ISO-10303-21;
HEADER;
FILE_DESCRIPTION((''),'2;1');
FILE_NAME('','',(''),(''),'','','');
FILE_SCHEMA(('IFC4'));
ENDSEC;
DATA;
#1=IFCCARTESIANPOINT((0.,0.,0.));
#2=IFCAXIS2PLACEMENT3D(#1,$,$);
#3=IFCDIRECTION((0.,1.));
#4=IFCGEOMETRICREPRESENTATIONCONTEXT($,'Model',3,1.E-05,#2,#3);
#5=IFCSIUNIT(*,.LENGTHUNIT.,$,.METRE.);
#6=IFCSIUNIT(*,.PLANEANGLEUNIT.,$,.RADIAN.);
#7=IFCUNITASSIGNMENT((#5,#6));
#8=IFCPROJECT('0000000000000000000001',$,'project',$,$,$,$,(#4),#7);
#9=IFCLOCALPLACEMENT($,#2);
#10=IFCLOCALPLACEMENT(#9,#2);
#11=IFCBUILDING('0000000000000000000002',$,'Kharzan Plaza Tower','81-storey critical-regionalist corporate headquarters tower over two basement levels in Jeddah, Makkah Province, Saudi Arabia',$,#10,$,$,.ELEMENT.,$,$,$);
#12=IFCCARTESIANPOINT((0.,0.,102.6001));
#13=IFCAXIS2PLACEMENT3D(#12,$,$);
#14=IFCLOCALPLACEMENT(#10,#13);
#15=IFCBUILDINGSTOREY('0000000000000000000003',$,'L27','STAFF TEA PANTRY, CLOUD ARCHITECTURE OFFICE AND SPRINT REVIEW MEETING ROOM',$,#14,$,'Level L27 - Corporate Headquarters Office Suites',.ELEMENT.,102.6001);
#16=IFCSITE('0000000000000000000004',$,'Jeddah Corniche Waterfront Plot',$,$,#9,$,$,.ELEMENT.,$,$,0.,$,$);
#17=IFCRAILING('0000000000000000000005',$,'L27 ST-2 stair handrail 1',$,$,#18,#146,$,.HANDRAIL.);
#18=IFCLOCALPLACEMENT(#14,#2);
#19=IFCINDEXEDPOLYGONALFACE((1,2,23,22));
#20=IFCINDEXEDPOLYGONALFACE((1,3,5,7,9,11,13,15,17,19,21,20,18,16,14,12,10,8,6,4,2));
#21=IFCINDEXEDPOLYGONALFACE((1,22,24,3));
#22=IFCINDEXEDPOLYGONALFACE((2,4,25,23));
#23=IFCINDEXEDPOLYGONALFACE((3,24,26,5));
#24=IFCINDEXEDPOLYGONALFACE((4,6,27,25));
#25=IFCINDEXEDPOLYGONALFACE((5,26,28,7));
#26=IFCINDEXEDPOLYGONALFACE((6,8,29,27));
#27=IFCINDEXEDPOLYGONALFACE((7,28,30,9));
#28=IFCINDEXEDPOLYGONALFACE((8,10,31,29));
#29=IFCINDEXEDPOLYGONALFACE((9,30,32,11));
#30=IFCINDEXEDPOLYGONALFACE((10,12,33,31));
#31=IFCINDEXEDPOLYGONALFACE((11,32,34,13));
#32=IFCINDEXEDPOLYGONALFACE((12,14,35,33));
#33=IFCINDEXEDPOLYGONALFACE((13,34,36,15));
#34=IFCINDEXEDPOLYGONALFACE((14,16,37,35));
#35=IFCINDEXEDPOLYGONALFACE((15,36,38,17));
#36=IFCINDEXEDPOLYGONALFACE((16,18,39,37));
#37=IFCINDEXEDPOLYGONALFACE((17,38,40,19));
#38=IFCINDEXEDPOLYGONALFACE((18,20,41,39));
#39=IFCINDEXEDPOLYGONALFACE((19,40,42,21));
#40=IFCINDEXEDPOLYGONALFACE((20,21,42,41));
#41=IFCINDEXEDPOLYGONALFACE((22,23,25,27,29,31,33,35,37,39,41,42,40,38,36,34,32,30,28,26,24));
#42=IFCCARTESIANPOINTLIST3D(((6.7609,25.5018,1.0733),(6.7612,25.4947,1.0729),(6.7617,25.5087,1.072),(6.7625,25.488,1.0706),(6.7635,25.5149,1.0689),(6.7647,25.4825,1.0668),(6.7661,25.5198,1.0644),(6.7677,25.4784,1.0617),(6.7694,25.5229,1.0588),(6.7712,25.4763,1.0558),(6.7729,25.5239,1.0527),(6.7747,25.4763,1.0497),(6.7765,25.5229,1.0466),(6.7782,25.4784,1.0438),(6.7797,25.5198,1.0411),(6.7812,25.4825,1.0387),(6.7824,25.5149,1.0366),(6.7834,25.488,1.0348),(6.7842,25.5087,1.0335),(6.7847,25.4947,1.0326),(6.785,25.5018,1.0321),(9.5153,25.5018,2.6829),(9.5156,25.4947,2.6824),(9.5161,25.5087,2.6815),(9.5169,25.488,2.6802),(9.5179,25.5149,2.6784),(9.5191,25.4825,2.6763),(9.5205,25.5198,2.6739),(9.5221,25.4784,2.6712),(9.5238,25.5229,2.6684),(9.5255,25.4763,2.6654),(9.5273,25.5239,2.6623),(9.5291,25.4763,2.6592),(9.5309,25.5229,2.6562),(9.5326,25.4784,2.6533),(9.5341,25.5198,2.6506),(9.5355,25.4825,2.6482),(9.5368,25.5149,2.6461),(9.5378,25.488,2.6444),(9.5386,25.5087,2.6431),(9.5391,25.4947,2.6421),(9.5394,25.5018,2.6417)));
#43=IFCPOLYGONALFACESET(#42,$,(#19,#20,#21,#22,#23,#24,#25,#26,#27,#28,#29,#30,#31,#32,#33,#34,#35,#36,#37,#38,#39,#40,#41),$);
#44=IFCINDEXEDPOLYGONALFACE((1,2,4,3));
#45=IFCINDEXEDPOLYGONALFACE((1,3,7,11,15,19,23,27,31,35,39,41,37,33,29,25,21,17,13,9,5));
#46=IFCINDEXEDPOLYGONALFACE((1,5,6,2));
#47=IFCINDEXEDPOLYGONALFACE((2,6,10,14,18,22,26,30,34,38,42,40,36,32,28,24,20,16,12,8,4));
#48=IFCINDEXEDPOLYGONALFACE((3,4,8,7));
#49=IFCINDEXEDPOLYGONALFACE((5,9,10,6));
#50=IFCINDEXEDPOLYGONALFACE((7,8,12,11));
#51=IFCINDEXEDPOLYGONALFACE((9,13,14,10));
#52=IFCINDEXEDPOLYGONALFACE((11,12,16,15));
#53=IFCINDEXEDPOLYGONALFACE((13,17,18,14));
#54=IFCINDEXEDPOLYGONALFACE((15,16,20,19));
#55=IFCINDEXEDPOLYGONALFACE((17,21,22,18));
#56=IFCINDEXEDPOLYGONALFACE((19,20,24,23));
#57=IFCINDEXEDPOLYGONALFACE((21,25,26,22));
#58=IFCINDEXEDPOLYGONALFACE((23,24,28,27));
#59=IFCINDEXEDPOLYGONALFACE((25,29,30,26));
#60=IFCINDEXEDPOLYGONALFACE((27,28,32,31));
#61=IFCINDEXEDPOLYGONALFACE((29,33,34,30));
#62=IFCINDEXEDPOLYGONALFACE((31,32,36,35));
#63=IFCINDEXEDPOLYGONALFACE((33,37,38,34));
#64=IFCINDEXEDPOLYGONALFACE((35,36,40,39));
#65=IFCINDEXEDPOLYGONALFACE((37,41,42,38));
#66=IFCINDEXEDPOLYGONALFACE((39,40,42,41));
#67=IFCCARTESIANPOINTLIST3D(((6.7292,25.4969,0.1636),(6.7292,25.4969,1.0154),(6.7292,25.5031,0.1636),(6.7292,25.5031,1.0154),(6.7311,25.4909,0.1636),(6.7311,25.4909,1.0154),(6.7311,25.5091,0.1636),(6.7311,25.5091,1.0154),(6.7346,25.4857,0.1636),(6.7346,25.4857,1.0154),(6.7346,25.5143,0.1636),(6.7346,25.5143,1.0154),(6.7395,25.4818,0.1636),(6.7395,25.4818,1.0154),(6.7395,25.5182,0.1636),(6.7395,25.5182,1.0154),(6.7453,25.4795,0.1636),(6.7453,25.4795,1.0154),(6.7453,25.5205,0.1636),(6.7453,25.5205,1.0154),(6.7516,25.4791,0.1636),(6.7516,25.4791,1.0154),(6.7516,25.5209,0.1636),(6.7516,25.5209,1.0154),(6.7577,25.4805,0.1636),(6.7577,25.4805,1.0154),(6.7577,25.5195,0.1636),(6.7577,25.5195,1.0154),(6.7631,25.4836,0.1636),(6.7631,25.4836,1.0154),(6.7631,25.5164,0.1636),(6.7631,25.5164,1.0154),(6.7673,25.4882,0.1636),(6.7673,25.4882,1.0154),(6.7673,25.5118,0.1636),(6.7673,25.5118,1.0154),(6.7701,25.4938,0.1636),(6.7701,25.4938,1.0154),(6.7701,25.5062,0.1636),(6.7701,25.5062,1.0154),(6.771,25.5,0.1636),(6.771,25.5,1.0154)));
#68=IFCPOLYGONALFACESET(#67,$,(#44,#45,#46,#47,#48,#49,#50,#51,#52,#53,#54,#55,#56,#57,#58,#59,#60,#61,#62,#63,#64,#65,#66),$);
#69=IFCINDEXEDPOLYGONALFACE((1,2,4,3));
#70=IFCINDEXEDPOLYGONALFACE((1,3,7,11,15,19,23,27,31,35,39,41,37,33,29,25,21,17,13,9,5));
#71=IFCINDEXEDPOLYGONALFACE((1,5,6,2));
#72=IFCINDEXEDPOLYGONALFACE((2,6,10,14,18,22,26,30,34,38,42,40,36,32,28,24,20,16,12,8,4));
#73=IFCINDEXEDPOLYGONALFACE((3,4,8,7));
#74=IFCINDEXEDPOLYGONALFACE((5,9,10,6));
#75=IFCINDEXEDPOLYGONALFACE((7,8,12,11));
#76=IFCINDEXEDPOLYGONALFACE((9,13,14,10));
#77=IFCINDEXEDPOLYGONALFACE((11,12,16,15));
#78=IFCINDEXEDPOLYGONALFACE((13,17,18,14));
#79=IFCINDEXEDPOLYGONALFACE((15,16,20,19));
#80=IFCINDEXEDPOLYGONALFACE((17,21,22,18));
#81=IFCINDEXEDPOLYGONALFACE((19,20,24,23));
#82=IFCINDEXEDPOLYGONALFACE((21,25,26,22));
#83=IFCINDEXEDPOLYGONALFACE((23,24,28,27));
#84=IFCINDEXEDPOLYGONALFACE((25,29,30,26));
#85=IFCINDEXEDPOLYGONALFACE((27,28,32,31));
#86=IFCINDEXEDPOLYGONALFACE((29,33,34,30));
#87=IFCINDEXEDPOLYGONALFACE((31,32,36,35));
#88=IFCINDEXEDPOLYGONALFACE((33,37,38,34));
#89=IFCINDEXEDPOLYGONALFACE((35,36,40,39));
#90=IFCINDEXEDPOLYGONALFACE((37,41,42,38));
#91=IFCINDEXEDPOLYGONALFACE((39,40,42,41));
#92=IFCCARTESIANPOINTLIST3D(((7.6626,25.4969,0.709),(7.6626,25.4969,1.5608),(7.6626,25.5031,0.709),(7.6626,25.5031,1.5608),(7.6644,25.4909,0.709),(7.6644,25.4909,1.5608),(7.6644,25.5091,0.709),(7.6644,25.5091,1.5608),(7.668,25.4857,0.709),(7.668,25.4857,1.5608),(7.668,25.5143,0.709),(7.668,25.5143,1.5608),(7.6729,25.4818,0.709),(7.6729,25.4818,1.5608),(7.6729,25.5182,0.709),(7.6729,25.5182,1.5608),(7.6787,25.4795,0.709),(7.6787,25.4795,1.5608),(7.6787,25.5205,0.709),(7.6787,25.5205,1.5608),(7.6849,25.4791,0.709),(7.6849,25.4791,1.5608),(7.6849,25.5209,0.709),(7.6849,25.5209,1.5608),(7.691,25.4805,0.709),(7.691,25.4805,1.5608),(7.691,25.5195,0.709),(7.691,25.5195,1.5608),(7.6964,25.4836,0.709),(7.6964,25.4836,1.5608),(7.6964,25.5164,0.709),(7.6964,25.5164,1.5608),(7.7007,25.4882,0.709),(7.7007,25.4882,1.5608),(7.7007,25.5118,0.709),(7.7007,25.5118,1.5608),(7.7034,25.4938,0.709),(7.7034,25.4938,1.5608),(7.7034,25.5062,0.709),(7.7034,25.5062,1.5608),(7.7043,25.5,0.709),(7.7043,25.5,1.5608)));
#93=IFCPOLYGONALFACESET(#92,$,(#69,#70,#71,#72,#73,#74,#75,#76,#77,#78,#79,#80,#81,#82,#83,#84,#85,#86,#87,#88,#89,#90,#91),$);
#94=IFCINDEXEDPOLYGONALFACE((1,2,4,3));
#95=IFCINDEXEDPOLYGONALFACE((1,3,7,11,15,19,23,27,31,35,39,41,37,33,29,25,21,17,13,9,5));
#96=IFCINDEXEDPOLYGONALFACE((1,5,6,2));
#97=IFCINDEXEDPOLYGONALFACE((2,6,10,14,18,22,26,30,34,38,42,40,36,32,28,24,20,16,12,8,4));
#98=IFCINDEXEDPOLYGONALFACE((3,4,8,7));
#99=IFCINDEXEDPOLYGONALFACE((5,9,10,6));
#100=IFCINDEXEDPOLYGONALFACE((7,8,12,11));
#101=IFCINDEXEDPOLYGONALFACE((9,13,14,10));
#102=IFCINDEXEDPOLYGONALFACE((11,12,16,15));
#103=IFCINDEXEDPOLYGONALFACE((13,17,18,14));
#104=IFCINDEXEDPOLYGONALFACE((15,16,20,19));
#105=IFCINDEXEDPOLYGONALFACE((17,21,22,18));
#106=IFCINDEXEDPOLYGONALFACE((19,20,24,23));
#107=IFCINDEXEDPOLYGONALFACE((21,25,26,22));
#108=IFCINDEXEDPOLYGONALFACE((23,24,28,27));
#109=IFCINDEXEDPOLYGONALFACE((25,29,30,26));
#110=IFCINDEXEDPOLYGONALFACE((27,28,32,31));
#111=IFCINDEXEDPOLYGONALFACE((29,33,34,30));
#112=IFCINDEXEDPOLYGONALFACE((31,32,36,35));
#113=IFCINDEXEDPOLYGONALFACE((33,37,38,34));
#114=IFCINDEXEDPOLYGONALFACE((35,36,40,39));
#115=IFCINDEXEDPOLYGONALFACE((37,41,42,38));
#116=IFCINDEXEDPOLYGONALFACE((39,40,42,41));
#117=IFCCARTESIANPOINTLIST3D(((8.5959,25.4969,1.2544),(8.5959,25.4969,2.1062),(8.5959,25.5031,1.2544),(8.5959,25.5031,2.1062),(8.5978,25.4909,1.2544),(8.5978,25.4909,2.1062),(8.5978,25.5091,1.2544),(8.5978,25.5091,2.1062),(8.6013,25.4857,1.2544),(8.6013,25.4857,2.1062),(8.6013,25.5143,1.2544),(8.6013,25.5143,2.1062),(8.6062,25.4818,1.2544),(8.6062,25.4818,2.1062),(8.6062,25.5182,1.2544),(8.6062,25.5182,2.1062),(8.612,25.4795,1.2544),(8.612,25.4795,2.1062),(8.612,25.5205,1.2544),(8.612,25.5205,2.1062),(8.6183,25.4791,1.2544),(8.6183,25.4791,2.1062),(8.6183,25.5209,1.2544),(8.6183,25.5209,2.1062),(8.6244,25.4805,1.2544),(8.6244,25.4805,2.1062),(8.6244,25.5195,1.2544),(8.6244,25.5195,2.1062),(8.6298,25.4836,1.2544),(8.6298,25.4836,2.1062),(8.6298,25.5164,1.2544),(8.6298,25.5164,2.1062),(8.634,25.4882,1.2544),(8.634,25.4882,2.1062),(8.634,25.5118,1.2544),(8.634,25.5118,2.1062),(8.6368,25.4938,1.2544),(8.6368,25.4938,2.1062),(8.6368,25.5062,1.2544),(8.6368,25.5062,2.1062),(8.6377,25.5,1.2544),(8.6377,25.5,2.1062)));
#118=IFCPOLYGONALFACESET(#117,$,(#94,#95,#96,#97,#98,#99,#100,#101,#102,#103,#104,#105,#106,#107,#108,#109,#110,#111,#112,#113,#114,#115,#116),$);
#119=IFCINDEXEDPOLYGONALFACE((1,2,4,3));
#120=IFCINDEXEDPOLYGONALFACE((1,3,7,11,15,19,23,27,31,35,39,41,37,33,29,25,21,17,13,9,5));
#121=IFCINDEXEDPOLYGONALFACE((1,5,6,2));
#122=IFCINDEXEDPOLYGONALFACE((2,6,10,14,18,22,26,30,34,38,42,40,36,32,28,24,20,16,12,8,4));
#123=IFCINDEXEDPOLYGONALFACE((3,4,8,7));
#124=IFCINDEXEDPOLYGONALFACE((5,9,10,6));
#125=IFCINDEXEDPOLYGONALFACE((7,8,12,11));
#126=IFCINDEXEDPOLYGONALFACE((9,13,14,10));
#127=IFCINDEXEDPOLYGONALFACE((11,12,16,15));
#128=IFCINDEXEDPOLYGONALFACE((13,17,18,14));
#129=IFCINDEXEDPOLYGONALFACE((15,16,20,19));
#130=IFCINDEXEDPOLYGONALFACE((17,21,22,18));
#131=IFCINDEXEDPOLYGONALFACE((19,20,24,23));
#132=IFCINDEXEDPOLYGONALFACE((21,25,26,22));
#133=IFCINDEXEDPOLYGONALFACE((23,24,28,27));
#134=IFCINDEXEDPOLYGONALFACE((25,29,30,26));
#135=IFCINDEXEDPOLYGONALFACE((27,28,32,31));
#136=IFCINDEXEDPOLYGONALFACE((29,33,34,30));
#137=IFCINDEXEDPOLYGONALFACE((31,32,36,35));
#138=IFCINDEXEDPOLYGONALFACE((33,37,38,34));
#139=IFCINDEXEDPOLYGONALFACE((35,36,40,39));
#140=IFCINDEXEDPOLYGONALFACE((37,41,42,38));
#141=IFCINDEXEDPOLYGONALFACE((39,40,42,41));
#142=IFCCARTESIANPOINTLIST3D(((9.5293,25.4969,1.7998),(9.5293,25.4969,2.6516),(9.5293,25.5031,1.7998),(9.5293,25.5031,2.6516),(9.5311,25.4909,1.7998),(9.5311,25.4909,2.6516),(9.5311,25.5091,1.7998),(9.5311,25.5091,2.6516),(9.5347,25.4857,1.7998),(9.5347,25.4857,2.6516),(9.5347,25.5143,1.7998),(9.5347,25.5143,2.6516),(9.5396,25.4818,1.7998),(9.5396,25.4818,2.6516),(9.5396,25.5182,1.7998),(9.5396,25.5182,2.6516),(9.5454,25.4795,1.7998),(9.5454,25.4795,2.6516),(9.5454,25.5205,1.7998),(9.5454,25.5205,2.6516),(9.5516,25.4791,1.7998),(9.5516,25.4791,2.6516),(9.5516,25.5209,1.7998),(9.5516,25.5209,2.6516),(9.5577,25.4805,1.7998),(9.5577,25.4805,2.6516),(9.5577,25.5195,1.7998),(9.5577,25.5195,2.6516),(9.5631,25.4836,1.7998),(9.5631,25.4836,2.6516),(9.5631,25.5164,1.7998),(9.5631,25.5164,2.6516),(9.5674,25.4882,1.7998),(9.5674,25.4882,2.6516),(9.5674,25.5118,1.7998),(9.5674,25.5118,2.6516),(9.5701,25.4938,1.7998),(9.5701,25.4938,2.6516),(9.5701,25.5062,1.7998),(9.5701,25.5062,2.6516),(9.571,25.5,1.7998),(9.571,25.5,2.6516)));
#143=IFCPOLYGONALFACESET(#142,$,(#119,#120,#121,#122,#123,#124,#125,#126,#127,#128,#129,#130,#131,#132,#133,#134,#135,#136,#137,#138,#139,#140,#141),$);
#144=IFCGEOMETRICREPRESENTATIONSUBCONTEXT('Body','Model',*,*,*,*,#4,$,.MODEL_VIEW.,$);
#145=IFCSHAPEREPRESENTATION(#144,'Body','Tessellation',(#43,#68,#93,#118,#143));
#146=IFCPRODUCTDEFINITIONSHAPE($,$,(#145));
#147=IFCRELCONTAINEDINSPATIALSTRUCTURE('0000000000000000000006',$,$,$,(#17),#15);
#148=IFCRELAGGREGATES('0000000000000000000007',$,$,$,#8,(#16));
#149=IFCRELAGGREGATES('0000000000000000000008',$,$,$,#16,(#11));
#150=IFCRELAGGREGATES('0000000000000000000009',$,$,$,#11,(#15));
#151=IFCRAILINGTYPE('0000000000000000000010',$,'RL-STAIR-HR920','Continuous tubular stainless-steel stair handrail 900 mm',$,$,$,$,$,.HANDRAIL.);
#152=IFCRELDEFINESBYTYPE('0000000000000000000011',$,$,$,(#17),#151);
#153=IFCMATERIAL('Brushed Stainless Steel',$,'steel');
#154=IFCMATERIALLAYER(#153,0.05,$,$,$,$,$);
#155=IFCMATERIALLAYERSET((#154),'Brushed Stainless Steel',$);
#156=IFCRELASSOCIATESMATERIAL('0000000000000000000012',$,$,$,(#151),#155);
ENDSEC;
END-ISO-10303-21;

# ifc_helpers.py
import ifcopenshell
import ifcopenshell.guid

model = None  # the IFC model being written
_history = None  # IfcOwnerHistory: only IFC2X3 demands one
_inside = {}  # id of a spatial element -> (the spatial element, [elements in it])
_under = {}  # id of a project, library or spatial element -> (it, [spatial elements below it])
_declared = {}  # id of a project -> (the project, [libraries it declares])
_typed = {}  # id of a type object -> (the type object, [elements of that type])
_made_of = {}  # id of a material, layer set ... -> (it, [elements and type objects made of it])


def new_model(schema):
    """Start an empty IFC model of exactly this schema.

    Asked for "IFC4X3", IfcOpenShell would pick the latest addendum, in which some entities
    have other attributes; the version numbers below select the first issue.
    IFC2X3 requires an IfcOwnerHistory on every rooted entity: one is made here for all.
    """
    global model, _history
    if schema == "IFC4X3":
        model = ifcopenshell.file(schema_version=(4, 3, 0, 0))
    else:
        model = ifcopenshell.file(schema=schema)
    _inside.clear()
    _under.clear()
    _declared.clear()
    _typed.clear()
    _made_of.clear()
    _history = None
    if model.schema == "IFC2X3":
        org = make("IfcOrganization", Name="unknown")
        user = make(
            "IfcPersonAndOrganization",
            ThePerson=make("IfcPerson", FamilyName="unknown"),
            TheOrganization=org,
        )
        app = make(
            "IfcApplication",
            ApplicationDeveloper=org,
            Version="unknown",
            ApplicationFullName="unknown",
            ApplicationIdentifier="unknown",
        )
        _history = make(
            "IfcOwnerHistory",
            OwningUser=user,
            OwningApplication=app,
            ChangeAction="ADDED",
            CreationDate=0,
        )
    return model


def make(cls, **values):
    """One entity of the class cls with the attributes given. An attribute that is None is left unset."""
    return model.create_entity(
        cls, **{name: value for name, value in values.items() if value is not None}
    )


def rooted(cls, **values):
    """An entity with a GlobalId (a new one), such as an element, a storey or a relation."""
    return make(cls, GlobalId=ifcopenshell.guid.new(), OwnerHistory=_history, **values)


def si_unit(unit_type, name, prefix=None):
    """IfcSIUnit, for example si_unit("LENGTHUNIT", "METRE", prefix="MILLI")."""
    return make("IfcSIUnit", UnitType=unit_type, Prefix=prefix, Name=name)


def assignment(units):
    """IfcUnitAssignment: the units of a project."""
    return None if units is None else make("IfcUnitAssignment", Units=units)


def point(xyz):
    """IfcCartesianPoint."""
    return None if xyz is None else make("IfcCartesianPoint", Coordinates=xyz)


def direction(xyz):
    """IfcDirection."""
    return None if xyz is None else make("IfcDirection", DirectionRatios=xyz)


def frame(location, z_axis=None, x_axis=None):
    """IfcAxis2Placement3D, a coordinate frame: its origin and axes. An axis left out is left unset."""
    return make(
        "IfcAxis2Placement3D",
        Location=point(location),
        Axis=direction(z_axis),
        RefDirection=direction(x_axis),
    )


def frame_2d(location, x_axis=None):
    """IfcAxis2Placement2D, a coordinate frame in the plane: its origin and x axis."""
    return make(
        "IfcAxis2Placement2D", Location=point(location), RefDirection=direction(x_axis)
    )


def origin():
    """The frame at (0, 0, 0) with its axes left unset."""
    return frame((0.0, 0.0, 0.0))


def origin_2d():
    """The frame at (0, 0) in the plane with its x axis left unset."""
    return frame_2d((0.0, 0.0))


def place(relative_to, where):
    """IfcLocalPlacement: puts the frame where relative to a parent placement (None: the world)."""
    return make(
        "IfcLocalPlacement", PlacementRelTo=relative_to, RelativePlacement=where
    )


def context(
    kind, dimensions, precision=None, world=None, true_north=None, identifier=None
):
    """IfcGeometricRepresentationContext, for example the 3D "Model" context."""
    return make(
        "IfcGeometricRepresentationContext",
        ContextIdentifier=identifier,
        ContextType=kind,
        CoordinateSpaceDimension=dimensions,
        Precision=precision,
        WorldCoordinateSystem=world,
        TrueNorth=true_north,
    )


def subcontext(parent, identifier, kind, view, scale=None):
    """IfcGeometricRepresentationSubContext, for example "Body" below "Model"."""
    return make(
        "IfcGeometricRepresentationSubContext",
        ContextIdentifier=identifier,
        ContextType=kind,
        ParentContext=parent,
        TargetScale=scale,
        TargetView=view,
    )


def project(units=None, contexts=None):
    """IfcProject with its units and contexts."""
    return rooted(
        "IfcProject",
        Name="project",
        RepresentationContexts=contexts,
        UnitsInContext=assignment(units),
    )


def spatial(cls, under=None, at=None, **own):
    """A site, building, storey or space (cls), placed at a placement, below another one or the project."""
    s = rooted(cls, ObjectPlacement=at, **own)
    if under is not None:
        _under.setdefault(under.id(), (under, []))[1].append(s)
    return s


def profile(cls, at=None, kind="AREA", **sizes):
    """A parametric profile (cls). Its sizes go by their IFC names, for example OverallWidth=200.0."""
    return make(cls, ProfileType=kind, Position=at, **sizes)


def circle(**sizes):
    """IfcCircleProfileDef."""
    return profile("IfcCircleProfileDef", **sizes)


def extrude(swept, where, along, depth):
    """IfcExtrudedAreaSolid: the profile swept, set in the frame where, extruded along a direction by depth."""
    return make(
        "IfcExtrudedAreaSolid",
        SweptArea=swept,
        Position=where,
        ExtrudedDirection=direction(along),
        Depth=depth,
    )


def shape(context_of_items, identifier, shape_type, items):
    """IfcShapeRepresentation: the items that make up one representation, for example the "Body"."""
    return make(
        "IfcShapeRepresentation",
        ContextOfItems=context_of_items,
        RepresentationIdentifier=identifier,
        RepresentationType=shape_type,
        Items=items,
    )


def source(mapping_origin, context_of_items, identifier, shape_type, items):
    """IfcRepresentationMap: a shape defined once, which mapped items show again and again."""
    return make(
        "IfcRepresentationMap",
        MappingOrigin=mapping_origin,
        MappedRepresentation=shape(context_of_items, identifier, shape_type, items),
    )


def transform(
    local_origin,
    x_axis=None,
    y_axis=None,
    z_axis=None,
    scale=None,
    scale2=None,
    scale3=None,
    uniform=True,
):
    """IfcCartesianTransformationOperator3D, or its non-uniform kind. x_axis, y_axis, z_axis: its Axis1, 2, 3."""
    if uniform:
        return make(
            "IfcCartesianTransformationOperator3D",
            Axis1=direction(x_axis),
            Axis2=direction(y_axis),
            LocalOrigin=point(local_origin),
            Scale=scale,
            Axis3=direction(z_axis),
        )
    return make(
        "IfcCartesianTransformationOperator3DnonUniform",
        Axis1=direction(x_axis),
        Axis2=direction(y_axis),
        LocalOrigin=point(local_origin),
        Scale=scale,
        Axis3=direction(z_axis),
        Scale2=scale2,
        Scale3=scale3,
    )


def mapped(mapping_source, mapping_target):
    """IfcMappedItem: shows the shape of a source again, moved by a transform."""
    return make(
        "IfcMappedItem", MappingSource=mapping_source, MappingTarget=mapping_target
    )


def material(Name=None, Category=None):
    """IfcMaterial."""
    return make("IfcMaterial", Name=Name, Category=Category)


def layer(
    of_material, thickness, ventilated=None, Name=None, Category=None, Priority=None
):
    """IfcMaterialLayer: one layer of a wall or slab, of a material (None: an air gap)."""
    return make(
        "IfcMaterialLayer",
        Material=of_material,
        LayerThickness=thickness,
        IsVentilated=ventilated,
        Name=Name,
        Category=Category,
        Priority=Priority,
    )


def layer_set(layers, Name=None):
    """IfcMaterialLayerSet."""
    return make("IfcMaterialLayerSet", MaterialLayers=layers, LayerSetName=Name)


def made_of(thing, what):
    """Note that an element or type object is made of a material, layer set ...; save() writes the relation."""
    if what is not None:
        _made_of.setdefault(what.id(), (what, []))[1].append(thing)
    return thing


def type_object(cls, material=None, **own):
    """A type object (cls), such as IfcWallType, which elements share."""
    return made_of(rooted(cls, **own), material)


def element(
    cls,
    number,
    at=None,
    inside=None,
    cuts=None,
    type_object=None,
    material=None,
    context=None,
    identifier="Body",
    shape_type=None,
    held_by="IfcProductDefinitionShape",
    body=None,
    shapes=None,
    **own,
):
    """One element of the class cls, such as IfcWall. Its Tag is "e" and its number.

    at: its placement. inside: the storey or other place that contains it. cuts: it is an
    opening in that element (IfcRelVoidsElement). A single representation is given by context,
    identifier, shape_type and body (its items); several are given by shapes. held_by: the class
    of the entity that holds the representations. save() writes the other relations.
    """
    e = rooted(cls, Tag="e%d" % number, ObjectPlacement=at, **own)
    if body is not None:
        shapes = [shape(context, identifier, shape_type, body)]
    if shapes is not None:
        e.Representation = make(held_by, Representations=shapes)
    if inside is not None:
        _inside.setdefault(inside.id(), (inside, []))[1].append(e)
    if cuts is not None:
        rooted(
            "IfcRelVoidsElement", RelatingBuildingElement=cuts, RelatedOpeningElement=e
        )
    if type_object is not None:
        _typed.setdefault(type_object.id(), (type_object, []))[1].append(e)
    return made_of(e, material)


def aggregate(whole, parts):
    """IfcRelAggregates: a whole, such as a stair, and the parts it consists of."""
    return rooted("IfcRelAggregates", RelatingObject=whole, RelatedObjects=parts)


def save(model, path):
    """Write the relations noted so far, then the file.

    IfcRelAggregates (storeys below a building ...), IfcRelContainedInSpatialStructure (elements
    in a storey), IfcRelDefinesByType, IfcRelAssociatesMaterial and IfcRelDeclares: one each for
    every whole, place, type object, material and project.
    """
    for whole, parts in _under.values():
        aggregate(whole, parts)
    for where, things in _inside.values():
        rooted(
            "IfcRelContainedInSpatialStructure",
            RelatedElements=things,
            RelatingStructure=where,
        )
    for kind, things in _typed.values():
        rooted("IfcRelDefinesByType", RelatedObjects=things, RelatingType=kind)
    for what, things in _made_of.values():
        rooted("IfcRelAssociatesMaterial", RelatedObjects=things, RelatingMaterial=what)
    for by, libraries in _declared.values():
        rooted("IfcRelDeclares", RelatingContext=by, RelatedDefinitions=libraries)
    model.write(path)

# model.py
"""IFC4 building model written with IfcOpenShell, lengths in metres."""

from ifc_helpers import new_model, si_unit, direction, frame, origin, origin_2d, place, context, subcontext, project, spatial, circle, extrude, source, transform, mapped, material, layer, layer_set, type_object, element, save


model = new_model("IFC4")

# Units and contexts
model_context = context("Model", 3, precision=1e-05, world=origin(), true_north=direction((0.0, 1.0)))
body_context = subcontext(model_context, "Body", "Model", "MODEL_VIEW")
ifc_project = project(units=[si_unit("LENGTHUNIT", "METRE"), si_unit("PLANEANGLEUNIT", "RADIAN")], contexts=[model_context])

# Site, building, storey
site_placement = place(None, origin())
site = spatial("IfcSite", under=ifc_project, at=site_placement, Name="Jeddah Corniche Waterfront Plot", CompositionType="ELEMENT", RefElevation=0.0)
building_placement = place(site_placement, origin())
building = spatial("IfcBuilding", under=site, at=building_placement, Name="Kharzan Plaza Tower", Description="81-storey critical-regionalist corporate headquarters tower over two basement levels in Jeddah, Makkah Province, Saudi Arabia", CompositionType="ELEMENT")
storey_placement = place(building_placement, frame((0.0, 0.0, 102.6001)))
storey = spatial("IfcBuildingStorey", under=building, at=storey_placement, Name="L27", Description="STAFF TEA PANTRY, CLOUD ARCHITECTURE OFFICE AND SPRINT REVIEW MEETING ROOM", LongName="Level L27 - Corporate Headquarters Office Suites", CompositionType="ELEMENT", Elevation=102.6001)

# Railing
ifc_material_1 = material(Name="Brushed Stainless Steel", Category="steel")
ifc_layer_1 = layer(ifc_material_1, 0.05)
ifc_layer_set_1 = layer_set([ifc_layer_1], Name="Brushed Stainless Steel")
railing_type_1 = type_object("IfcRailingType", Name="RL-STAIR-HR920", Description="Continuous tubular stainless-steel stair handrail 900 mm", PredefinedType="HANDRAIL", material=ifc_layer_set_1)
shared_shape_1 = source(origin(), body_context, "Body", "SweptSolid", [
    extrude(circle(Radius=0.0239, at=origin_2d()), frame((0.0229, 0.0, 0.8892), z_axis=(0.863394, 0.0, 0.504531), x_axis=(0.0, 1.0, 0.0)), (0.0, 0.0, 1.0), 3.1902),
    extrude(circle(Radius=0.021, at=origin_2d()), origin(), (0.0, 0.0, 1.0), 0.8518),
    extrude(circle(Radius=0.021, at=origin_2d()), frame((0.9333, 0.0, 0.5454)), (0.0, 0.0, 1.0), 0.8518),
    extrude(circle(Radius=0.021, at=origin_2d()), frame((1.8667, 0.0, 1.0908)), (0.0, 0.0, 1.0), 0.8518),
    extrude(circle(Radius=0.021, at=origin_2d()), frame((2.8, 0.0, 1.6362)), (0.0, 0.0, 1.0), 0.8518),
])
railing_1_placement = place(storey_placement, frame((6.75, 25.5, 0.1636)))
element("IfcRailing", 1, at=railing_1_placement, inside=storey, type_object=railing_type_1, Name="L27 ST-2 stair handrail 1", PredefinedType="HANDRAIL", context=body_context, shape_type="MappedRepresentation", body=[
    mapped(shared_shape_1, transform((0.0, 0.0, 0.0), x_axis=(1.0, 0.0, 0.0), y_axis=(0.0, 1.0, 0.0), z_axis=(0.0, 0.0, 1.0))),
])

save(model, "model.ifc")
